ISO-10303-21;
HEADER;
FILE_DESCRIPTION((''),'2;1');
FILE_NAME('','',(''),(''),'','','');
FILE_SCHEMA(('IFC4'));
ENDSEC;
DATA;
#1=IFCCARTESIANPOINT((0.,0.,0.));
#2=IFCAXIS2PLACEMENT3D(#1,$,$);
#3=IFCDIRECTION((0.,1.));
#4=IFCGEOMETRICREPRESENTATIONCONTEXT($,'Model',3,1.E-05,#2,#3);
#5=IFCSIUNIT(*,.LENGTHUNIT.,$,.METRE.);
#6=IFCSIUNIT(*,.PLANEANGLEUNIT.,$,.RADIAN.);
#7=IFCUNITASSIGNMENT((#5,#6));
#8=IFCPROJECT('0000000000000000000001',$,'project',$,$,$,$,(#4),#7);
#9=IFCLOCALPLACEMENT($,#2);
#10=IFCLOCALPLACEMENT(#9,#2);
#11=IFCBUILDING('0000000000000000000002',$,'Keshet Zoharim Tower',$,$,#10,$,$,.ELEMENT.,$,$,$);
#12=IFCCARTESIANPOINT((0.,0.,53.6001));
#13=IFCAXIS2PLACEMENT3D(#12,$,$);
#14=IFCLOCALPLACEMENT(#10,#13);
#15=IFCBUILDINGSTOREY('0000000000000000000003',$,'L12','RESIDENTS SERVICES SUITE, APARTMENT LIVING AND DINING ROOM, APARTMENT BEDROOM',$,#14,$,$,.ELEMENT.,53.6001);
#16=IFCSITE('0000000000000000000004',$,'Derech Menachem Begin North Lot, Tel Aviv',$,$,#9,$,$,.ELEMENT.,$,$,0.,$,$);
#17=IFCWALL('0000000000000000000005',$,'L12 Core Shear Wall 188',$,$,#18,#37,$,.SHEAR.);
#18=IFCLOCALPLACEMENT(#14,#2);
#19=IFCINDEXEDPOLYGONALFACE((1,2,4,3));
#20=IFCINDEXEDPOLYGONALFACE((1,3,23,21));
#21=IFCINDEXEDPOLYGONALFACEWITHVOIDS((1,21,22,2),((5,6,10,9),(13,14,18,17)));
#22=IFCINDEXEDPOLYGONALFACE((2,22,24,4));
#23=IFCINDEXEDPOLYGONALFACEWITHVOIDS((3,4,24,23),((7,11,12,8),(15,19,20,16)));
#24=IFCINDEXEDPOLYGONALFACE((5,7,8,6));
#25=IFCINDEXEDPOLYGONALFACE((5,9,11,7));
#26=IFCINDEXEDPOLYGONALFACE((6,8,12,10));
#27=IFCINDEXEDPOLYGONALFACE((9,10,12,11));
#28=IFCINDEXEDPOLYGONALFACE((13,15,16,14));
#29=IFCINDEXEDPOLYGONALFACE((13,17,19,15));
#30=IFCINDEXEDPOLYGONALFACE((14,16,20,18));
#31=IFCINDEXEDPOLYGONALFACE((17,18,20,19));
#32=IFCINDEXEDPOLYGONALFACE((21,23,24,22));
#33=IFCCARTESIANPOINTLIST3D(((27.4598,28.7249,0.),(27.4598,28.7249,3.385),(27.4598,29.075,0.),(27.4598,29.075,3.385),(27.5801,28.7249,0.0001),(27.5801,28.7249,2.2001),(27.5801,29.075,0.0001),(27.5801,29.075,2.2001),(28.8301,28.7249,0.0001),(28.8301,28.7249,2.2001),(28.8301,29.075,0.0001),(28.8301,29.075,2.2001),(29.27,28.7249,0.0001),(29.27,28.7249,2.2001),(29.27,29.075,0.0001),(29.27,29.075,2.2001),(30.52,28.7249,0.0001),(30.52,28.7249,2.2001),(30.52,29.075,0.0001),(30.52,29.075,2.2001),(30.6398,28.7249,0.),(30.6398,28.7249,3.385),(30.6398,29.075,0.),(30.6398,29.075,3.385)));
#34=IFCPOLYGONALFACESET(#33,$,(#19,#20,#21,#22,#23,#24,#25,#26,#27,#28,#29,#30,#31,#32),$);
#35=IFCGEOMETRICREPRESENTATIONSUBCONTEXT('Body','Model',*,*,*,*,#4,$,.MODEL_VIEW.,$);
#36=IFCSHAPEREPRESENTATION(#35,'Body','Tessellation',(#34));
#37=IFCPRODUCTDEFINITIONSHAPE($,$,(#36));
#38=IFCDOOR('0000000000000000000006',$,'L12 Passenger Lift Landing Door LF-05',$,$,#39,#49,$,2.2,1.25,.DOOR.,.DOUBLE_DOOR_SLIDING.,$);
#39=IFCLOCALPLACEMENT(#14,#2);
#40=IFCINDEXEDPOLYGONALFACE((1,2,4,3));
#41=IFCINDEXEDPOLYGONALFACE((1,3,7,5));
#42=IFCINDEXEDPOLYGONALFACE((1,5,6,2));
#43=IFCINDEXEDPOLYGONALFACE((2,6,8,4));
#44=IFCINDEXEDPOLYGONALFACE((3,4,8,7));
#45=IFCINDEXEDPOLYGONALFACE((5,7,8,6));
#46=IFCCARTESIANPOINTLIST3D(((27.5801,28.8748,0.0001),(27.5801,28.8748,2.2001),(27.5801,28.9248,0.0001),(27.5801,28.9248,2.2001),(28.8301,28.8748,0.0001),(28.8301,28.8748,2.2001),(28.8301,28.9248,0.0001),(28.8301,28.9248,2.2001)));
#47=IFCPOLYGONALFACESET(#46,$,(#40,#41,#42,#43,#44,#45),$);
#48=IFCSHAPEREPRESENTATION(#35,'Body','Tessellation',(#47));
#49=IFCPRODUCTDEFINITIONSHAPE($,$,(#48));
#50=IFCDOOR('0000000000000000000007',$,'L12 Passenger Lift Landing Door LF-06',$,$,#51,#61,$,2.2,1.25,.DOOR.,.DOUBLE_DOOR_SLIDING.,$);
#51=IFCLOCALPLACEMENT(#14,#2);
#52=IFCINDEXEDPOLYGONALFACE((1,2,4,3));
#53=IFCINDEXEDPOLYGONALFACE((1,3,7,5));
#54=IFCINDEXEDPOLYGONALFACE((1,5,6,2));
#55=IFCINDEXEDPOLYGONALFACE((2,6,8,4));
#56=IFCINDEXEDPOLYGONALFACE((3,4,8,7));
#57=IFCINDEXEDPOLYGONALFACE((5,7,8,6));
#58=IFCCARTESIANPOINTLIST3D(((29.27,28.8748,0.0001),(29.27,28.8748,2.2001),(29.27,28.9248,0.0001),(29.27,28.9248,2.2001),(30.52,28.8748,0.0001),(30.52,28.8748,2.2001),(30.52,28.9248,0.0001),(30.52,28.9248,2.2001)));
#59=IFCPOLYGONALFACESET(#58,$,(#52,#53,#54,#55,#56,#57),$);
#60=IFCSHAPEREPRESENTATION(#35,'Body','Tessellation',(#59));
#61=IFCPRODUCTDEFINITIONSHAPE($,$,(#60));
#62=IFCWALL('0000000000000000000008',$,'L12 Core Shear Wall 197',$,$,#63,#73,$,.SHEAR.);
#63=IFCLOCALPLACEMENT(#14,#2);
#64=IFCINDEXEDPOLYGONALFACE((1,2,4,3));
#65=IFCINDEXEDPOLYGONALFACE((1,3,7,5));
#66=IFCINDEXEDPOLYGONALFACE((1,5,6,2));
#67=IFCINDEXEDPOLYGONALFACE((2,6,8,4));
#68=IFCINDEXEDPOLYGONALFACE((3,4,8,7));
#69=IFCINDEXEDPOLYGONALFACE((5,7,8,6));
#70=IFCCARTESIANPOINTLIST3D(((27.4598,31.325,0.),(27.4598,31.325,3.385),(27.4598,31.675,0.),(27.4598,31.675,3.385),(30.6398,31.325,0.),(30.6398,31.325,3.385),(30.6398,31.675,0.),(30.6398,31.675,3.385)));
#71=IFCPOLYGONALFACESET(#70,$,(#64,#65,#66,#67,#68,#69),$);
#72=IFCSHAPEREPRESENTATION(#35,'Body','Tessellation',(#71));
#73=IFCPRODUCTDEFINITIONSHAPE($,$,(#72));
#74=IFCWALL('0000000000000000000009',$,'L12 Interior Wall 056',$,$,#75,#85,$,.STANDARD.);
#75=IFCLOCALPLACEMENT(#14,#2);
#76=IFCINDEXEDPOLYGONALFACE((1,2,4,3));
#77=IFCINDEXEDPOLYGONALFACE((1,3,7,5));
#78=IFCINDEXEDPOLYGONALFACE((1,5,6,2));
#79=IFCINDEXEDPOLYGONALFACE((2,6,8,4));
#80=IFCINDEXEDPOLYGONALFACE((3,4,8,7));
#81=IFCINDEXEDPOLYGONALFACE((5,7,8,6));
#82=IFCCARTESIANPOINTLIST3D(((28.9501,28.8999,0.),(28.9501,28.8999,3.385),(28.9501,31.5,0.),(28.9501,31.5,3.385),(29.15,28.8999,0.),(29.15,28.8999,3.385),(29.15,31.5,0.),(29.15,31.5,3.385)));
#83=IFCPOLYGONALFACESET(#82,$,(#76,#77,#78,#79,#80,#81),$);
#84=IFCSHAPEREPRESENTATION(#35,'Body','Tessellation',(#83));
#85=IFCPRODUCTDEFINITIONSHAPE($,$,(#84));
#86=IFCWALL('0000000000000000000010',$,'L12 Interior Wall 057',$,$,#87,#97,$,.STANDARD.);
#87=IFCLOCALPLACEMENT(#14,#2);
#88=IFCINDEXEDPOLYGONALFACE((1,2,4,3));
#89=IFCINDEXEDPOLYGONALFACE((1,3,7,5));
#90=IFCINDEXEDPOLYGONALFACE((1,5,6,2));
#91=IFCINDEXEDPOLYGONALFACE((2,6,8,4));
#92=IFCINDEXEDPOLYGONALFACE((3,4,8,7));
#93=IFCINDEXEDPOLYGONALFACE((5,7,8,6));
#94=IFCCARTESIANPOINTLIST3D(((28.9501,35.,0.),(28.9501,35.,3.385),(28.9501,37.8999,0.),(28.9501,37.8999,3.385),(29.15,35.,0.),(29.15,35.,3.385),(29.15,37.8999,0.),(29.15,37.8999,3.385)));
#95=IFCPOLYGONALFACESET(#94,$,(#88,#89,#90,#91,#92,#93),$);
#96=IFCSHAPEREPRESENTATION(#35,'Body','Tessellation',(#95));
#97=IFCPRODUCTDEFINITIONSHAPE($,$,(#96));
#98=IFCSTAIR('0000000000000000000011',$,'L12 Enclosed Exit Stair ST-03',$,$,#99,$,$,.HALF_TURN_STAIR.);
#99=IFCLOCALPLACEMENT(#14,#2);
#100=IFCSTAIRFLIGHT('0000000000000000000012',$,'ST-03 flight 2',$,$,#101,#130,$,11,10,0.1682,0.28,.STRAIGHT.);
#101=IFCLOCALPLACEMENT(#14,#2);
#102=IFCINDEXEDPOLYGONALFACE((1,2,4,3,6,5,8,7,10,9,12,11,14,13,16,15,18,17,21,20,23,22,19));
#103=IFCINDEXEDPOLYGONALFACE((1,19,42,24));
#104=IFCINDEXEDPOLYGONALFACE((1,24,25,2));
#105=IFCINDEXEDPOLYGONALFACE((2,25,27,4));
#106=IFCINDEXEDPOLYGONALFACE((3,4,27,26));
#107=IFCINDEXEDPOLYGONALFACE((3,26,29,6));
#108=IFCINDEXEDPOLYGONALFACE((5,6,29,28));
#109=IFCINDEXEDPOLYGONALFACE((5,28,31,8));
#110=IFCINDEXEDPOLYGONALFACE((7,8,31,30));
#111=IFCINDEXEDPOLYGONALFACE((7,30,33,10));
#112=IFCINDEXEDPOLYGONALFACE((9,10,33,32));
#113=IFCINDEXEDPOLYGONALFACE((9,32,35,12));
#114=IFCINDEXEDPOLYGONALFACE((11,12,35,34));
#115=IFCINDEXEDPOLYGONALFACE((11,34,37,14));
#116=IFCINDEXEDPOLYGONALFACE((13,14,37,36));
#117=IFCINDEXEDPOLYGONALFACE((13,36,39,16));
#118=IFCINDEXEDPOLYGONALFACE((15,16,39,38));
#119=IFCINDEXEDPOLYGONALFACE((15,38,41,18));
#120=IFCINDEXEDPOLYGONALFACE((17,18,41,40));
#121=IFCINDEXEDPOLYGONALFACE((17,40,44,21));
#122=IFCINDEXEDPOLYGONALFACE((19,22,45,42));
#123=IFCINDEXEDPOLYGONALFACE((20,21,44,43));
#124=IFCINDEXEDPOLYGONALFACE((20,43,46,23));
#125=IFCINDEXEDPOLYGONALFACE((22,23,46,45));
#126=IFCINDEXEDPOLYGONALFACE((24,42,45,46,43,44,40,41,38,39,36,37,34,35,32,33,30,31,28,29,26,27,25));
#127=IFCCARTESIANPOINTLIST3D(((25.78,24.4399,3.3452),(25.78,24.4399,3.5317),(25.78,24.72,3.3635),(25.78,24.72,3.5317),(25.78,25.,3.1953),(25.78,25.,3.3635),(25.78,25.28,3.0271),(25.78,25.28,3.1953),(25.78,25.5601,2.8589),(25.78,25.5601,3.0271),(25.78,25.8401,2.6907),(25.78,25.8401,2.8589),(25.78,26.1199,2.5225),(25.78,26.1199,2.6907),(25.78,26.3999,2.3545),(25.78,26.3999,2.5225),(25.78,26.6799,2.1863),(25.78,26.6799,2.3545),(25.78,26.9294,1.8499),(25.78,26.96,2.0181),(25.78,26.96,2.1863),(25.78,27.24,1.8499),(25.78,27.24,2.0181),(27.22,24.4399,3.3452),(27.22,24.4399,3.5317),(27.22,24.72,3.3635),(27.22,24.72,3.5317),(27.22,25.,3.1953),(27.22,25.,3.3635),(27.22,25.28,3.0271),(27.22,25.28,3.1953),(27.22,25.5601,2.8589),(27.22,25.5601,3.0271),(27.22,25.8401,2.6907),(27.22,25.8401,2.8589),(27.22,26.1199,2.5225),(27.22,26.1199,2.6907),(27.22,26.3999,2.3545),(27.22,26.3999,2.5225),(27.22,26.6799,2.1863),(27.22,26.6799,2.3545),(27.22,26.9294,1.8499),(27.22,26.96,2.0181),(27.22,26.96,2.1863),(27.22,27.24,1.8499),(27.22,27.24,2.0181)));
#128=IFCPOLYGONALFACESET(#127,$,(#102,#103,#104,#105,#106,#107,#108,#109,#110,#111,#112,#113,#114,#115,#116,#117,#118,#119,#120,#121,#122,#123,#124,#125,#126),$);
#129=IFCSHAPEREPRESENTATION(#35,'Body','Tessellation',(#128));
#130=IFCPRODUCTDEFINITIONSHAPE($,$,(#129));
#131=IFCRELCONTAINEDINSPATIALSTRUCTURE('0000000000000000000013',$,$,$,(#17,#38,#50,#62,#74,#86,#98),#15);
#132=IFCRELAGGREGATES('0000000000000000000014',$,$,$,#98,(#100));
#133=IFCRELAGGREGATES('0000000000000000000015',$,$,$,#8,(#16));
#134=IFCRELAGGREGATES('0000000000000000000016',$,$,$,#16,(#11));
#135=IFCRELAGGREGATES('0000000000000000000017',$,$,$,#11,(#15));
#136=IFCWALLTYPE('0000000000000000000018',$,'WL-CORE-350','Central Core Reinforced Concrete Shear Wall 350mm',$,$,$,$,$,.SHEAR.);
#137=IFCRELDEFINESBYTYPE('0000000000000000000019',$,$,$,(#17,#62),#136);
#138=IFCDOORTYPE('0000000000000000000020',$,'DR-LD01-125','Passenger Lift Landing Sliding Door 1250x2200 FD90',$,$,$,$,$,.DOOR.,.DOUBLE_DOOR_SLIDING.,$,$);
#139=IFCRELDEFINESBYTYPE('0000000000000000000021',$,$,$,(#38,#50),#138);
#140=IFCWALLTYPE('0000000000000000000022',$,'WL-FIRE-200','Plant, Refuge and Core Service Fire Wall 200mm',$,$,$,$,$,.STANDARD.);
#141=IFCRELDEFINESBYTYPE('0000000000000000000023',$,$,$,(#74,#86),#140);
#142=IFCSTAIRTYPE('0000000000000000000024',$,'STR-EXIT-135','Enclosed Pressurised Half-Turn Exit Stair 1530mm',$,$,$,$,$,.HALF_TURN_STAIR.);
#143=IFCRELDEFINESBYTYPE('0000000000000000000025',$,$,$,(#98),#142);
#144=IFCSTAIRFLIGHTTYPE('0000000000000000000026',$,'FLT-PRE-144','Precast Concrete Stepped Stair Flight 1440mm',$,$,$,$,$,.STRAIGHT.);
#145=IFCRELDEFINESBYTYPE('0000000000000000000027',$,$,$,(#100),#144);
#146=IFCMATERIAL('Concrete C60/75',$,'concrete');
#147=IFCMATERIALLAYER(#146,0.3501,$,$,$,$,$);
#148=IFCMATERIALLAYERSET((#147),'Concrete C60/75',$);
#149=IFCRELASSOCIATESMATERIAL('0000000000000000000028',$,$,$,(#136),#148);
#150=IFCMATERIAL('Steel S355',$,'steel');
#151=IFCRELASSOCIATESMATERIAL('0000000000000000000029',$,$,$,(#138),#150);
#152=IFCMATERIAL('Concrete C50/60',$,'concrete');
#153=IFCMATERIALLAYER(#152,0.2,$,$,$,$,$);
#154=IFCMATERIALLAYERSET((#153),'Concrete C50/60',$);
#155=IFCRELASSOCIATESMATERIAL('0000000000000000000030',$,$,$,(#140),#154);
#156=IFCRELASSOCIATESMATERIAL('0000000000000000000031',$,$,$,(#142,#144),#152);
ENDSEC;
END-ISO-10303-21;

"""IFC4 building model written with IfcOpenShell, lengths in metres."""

from ifc_helpers import new_model, si_unit, direction, frame, frame_2d, origin, place, context, subcontext, project, spatial, polyline, rectangle, outline, extrude, material, layer, layer_set, type_object, element, fill, aggregate, save


model = new_model("IFC4")

# Units and contexts
model_context = context("Model", 3, precision=1e-05, world=origin(), true_north=direction((0.0, 1.0)))
body_context = subcontext(model_context, "Body", "Model", "MODEL_VIEW")
ifc_project = project(units=[si_unit("LENGTHUNIT", "METRE"), si_unit("PLANEANGLEUNIT", "RADIAN")], contexts=[model_context])

# Site, building, storey
site_placement = place(None, origin())
site = spatial("IfcSite", under=ifc_project, at=site_placement, Name="Derech Menachem Begin North Lot, Tel Aviv", CompositionType="ELEMENT", RefElevation=0.0)
building_placement = place(site_placement, origin())
building = spatial("IfcBuilding", under=site, at=building_placement, Name="Keshet Zoharim Tower", CompositionType="ELEMENT")
storey_placement = place(building_placement, frame((0.0, 0.0, 53.6001)))
storey = spatial("IfcBuildingStorey", under=building, at=storey_placement, Name="L12", Description="RESIDENTS SERVICES SUITE, APARTMENT LIVING AND DINING ROOM, APARTMENT BEDROOM", CompositionType="ELEMENT", Elevation=53.6001)

# Shared definitions
ifc_material_1 = material(Name="Concrete C60/75", Category="concrete")

# Shared definitions
ifc_material_2 = material(Name="Steel S355", Category="steel")

# Shared definitions
ifc_layer_1 = layer(ifc_material_1, 0.3501)
ifc_layer_set_1 = layer_set([ifc_layer_1], Name="Concrete C60/75")
wall_type_1 = type_object("IfcWallType", Name="WL-CORE-350", Description="Central Core Reinforced Concrete Shear Wall 350mm", PredefinedType="SHEAR", material=ifc_layer_set_1)

# Wall, openings, doors
door_type_1 = type_object("IfcDoorType", Name="DR-LD01-125", Description="Passenger Lift Landing Sliding Door 1250x2200 FD90", OperationType="DOUBLE_DOOR_SLIDING", PredefinedType="DOOR", material=ifc_material_2)
wall_1_placement = place(storey_placement, frame((27.46, 28.8999, 0.0), z_axis=(0.0, 0.0, 1.0), x_axis=(1.0, 0.0, 0.0)))
wall_1 = element("IfcWall", 1, at=wall_1_placement, inside=storey, type_object=wall_type_1, Name="L12 Core Shear Wall 188", PredefinedType="SHEAR", context=body_context, shape_type="SweptSolid", body=[
    extrude(rectangle(XDim=3.1799, YDim=0.3501, at=frame_2d((1.5898, 0.0))), origin(), (0.0, 0.0, 1.0), 3.385),
])
opening_1_placement = place(wall_1_placement, frame((0.1201, 0.0, 0.0)))
opening_1 = element("IfcOpeningElement", 2, at=opening_1_placement, cuts=wall_1, PredefinedType="OPENING", context=body_context, shape_type="SweptSolid", body=[
    extrude(rectangle(XDim=1.25, YDim=2.2, at=frame_2d((0.625, 1.1001))), frame((0.0, 0.1851, 0.0), z_axis=(0.0, -1.0, 0.0), x_axis=(1.0, 0.0, 0.0)), (0.0, 0.0, 1.0), 0.3701),
])
opening_2_placement = place(wall_1_placement, frame((1.8101, 0.0, 0.0)))
opening_2 = element("IfcOpeningElement", 3, at=opening_2_placement, cuts=wall_1, PredefinedType="OPENING", context=body_context, shape_type="SweptSolid", body=[
    extrude(rectangle(XDim=1.25, YDim=2.2, at=frame_2d((0.625, 1.1001))), frame((0.0, 0.1851, 0.0), z_axis=(0.0, -1.0, 0.0), x_axis=(1.0, 0.0, 0.0)), (0.0, 0.0, 1.0), 0.3701),
])
door_1_placement = place(opening_1_placement, origin())
door_1 = element("IfcDoor", 4, at=door_1_placement, inside=storey, type_object=door_type_1, Name="L12 Passenger Lift Landing Door LF-05", OperationType="DOUBLE_DOOR_SLIDING", OverallHeight=2.2, OverallWidth=1.25, PredefinedType="DOOR", context=body_context, shape_type="SweptSolid", body=[
    extrude(rectangle(XDim=1.25, YDim=2.2, at=frame_2d((0.625, 1.1001))), frame((0.0, 0.0249, 0.0), z_axis=(0.0, -1.0, 0.0), x_axis=(1.0, 0.0, 0.0)), (0.0, 0.0, 1.0), 0.05),
])
fill(opening_1, door_1)
door_2_placement = place(opening_2_placement, origin())
door_2 = element("IfcDoor", 5, at=door_2_placement, inside=storey, type_object=door_type_1, Name="L12 Passenger Lift Landing Door LF-06", OperationType="DOUBLE_DOOR_SLIDING", OverallHeight=2.2, OverallWidth=1.25, PredefinedType="DOOR", context=body_context, shape_type="SweptSolid", body=[
    extrude(rectangle(XDim=1.25, YDim=2.2, at=frame_2d((0.625, 1.1001))), frame((0.0, 0.0249, 0.0), z_axis=(0.0, -1.0, 0.0), x_axis=(1.0, 0.0, 0.0)), (0.0, 0.0, 1.0), 0.05),
])
fill(opening_2, door_2)

# Walls
wall_2_placement = place(storey_placement, frame((27.46, 31.5, 0.0), z_axis=(0.0, 0.0, 1.0), x_axis=(1.0, 0.0, 0.0)))
element("IfcWall", 6, at=wall_2_placement, inside=storey, type_object=wall_type_1, Name="L12 Core Shear Wall 197", PredefinedType="SHEAR", context=body_context, shape_type="SweptSolid", body=[
    extrude(rectangle(XDim=3.1799, YDim=0.3501, at=frame_2d((1.5898, 0.0))), origin(), (0.0, 0.0, 1.0), 3.385),
])
ifc_material_3 = material(Name="Concrete C50/60", Category="concrete")
ifc_layer_2 = layer(ifc_material_3, 0.2)
ifc_layer_set_2 = layer_set([ifc_layer_2], Name="Concrete C50/60")
wall_type_2 = type_object("IfcWallType", Name="WL-FIRE-200", Description="Plant, Refuge and Core Service Fire Wall 200mm", PredefinedType="STANDARD", material=ifc_layer_set_2)
wall_3_placement = place(storey_placement, frame((29.05, 28.8999, 0.0), z_axis=(0.0, 0.0, 1.0), x_axis=(0.0, 1.0, 0.0)))
element("IfcWall", 7, at=wall_3_placement, inside=storey, type_object=wall_type_2, Name="L12 Interior Wall 056", PredefinedType="STANDARD", context=body_context, shape_type="SweptSolid", body=[
    extrude(rectangle(XDim=2.6001, YDim=0.2, at=frame_2d((1.3, 0.0))), origin(), (0.0, 0.0, 1.0), 3.385),
])
wall_4_placement = place(storey_placement, frame((29.05, 35.0, 0.0), z_axis=(0.0, 0.0, 1.0), x_axis=(0.0, 1.0, 0.0)))
element("IfcWall", 8, at=wall_4_placement, inside=storey, type_object=wall_type_2, Name="L12 Interior Wall 057", PredefinedType="STANDARD", context=body_context, shape_type="SweptSolid", body=[
    extrude(rectangle(XDim=2.8999, YDim=0.2, at=frame_2d((1.45, 0.0))), origin(), (0.0, 0.0, 1.0), 3.385),
])

# Stair, stair flight
stair_type = type_object("IfcStairType", Name="STR-EXIT-135", Description="Enclosed Pressurised Half-Turn Exit Stair 1530mm", PredefinedType="HALF_TURN_STAIR", material=ifc_material_3)
stair_placement = place(storey_placement, origin())
stair = element("IfcStair", 9, at=stair_placement, inside=storey, type_object=stair_type, Name="L12 Enclosed Exit Stair ST-03", PredefinedType="HALF_TURN_STAIR")
stair_flight_type = type_object("IfcStairFlightType", Name="FLT-PRE-144", Description="Precast Concrete Stepped Stair Flight 1440mm", PredefinedType="STRAIGHT", material=ifc_material_3)
stair_flight_placement = place(storey_placement, frame((26.5, 27.24, 1.8499), z_axis=(0.0, 0.0, 1.0), x_axis=(0.0, -1.0, 0.0)))
stair_flight = element("IfcStairFlight", 10, at=stair_flight_placement, type_object=stair_flight_type, Name="ST-03 flight 2", NumberOfRisers=11, NumberOfTreads=10, PredefinedType="STRAIGHT", RiserHeight=0.1682, TreadLength=0.28, context=body_context, shape_type="SweptSolid", body=[
    extrude(outline(polyline([(0.0, 0.0), (0.0, 0.1682), (0.28, 0.1682), (0.28, 0.3364), (0.5601, 0.3364), (0.5601, 0.5046), (0.8401, 0.5046), (0.8401, 0.6726), (1.1201, 0.6726), (1.1201, 0.8408), (1.3999, 0.8408), (1.3999, 1.009), (1.6799, 1.009), (1.6799, 1.1772), (1.96, 1.1772), (1.96, 1.3455), (2.24, 1.3455), (2.24, 1.5137), (2.52, 1.5137), (2.52, 1.6819), (2.8, 1.6819), (2.8, 1.8501), (2.8, 1.4954), (0.3105, 0.0), (0.0, 0.0)])), frame((0.0, 0.72, 0.0), z_axis=(0.0, -1.0, 0.0), x_axis=(1.0, 0.0, 0.0)), (0.0, 0.0, 1.0), 1.4399),
])
aggregate(stair, [stair_flight])

save(model, "model.ifc")
